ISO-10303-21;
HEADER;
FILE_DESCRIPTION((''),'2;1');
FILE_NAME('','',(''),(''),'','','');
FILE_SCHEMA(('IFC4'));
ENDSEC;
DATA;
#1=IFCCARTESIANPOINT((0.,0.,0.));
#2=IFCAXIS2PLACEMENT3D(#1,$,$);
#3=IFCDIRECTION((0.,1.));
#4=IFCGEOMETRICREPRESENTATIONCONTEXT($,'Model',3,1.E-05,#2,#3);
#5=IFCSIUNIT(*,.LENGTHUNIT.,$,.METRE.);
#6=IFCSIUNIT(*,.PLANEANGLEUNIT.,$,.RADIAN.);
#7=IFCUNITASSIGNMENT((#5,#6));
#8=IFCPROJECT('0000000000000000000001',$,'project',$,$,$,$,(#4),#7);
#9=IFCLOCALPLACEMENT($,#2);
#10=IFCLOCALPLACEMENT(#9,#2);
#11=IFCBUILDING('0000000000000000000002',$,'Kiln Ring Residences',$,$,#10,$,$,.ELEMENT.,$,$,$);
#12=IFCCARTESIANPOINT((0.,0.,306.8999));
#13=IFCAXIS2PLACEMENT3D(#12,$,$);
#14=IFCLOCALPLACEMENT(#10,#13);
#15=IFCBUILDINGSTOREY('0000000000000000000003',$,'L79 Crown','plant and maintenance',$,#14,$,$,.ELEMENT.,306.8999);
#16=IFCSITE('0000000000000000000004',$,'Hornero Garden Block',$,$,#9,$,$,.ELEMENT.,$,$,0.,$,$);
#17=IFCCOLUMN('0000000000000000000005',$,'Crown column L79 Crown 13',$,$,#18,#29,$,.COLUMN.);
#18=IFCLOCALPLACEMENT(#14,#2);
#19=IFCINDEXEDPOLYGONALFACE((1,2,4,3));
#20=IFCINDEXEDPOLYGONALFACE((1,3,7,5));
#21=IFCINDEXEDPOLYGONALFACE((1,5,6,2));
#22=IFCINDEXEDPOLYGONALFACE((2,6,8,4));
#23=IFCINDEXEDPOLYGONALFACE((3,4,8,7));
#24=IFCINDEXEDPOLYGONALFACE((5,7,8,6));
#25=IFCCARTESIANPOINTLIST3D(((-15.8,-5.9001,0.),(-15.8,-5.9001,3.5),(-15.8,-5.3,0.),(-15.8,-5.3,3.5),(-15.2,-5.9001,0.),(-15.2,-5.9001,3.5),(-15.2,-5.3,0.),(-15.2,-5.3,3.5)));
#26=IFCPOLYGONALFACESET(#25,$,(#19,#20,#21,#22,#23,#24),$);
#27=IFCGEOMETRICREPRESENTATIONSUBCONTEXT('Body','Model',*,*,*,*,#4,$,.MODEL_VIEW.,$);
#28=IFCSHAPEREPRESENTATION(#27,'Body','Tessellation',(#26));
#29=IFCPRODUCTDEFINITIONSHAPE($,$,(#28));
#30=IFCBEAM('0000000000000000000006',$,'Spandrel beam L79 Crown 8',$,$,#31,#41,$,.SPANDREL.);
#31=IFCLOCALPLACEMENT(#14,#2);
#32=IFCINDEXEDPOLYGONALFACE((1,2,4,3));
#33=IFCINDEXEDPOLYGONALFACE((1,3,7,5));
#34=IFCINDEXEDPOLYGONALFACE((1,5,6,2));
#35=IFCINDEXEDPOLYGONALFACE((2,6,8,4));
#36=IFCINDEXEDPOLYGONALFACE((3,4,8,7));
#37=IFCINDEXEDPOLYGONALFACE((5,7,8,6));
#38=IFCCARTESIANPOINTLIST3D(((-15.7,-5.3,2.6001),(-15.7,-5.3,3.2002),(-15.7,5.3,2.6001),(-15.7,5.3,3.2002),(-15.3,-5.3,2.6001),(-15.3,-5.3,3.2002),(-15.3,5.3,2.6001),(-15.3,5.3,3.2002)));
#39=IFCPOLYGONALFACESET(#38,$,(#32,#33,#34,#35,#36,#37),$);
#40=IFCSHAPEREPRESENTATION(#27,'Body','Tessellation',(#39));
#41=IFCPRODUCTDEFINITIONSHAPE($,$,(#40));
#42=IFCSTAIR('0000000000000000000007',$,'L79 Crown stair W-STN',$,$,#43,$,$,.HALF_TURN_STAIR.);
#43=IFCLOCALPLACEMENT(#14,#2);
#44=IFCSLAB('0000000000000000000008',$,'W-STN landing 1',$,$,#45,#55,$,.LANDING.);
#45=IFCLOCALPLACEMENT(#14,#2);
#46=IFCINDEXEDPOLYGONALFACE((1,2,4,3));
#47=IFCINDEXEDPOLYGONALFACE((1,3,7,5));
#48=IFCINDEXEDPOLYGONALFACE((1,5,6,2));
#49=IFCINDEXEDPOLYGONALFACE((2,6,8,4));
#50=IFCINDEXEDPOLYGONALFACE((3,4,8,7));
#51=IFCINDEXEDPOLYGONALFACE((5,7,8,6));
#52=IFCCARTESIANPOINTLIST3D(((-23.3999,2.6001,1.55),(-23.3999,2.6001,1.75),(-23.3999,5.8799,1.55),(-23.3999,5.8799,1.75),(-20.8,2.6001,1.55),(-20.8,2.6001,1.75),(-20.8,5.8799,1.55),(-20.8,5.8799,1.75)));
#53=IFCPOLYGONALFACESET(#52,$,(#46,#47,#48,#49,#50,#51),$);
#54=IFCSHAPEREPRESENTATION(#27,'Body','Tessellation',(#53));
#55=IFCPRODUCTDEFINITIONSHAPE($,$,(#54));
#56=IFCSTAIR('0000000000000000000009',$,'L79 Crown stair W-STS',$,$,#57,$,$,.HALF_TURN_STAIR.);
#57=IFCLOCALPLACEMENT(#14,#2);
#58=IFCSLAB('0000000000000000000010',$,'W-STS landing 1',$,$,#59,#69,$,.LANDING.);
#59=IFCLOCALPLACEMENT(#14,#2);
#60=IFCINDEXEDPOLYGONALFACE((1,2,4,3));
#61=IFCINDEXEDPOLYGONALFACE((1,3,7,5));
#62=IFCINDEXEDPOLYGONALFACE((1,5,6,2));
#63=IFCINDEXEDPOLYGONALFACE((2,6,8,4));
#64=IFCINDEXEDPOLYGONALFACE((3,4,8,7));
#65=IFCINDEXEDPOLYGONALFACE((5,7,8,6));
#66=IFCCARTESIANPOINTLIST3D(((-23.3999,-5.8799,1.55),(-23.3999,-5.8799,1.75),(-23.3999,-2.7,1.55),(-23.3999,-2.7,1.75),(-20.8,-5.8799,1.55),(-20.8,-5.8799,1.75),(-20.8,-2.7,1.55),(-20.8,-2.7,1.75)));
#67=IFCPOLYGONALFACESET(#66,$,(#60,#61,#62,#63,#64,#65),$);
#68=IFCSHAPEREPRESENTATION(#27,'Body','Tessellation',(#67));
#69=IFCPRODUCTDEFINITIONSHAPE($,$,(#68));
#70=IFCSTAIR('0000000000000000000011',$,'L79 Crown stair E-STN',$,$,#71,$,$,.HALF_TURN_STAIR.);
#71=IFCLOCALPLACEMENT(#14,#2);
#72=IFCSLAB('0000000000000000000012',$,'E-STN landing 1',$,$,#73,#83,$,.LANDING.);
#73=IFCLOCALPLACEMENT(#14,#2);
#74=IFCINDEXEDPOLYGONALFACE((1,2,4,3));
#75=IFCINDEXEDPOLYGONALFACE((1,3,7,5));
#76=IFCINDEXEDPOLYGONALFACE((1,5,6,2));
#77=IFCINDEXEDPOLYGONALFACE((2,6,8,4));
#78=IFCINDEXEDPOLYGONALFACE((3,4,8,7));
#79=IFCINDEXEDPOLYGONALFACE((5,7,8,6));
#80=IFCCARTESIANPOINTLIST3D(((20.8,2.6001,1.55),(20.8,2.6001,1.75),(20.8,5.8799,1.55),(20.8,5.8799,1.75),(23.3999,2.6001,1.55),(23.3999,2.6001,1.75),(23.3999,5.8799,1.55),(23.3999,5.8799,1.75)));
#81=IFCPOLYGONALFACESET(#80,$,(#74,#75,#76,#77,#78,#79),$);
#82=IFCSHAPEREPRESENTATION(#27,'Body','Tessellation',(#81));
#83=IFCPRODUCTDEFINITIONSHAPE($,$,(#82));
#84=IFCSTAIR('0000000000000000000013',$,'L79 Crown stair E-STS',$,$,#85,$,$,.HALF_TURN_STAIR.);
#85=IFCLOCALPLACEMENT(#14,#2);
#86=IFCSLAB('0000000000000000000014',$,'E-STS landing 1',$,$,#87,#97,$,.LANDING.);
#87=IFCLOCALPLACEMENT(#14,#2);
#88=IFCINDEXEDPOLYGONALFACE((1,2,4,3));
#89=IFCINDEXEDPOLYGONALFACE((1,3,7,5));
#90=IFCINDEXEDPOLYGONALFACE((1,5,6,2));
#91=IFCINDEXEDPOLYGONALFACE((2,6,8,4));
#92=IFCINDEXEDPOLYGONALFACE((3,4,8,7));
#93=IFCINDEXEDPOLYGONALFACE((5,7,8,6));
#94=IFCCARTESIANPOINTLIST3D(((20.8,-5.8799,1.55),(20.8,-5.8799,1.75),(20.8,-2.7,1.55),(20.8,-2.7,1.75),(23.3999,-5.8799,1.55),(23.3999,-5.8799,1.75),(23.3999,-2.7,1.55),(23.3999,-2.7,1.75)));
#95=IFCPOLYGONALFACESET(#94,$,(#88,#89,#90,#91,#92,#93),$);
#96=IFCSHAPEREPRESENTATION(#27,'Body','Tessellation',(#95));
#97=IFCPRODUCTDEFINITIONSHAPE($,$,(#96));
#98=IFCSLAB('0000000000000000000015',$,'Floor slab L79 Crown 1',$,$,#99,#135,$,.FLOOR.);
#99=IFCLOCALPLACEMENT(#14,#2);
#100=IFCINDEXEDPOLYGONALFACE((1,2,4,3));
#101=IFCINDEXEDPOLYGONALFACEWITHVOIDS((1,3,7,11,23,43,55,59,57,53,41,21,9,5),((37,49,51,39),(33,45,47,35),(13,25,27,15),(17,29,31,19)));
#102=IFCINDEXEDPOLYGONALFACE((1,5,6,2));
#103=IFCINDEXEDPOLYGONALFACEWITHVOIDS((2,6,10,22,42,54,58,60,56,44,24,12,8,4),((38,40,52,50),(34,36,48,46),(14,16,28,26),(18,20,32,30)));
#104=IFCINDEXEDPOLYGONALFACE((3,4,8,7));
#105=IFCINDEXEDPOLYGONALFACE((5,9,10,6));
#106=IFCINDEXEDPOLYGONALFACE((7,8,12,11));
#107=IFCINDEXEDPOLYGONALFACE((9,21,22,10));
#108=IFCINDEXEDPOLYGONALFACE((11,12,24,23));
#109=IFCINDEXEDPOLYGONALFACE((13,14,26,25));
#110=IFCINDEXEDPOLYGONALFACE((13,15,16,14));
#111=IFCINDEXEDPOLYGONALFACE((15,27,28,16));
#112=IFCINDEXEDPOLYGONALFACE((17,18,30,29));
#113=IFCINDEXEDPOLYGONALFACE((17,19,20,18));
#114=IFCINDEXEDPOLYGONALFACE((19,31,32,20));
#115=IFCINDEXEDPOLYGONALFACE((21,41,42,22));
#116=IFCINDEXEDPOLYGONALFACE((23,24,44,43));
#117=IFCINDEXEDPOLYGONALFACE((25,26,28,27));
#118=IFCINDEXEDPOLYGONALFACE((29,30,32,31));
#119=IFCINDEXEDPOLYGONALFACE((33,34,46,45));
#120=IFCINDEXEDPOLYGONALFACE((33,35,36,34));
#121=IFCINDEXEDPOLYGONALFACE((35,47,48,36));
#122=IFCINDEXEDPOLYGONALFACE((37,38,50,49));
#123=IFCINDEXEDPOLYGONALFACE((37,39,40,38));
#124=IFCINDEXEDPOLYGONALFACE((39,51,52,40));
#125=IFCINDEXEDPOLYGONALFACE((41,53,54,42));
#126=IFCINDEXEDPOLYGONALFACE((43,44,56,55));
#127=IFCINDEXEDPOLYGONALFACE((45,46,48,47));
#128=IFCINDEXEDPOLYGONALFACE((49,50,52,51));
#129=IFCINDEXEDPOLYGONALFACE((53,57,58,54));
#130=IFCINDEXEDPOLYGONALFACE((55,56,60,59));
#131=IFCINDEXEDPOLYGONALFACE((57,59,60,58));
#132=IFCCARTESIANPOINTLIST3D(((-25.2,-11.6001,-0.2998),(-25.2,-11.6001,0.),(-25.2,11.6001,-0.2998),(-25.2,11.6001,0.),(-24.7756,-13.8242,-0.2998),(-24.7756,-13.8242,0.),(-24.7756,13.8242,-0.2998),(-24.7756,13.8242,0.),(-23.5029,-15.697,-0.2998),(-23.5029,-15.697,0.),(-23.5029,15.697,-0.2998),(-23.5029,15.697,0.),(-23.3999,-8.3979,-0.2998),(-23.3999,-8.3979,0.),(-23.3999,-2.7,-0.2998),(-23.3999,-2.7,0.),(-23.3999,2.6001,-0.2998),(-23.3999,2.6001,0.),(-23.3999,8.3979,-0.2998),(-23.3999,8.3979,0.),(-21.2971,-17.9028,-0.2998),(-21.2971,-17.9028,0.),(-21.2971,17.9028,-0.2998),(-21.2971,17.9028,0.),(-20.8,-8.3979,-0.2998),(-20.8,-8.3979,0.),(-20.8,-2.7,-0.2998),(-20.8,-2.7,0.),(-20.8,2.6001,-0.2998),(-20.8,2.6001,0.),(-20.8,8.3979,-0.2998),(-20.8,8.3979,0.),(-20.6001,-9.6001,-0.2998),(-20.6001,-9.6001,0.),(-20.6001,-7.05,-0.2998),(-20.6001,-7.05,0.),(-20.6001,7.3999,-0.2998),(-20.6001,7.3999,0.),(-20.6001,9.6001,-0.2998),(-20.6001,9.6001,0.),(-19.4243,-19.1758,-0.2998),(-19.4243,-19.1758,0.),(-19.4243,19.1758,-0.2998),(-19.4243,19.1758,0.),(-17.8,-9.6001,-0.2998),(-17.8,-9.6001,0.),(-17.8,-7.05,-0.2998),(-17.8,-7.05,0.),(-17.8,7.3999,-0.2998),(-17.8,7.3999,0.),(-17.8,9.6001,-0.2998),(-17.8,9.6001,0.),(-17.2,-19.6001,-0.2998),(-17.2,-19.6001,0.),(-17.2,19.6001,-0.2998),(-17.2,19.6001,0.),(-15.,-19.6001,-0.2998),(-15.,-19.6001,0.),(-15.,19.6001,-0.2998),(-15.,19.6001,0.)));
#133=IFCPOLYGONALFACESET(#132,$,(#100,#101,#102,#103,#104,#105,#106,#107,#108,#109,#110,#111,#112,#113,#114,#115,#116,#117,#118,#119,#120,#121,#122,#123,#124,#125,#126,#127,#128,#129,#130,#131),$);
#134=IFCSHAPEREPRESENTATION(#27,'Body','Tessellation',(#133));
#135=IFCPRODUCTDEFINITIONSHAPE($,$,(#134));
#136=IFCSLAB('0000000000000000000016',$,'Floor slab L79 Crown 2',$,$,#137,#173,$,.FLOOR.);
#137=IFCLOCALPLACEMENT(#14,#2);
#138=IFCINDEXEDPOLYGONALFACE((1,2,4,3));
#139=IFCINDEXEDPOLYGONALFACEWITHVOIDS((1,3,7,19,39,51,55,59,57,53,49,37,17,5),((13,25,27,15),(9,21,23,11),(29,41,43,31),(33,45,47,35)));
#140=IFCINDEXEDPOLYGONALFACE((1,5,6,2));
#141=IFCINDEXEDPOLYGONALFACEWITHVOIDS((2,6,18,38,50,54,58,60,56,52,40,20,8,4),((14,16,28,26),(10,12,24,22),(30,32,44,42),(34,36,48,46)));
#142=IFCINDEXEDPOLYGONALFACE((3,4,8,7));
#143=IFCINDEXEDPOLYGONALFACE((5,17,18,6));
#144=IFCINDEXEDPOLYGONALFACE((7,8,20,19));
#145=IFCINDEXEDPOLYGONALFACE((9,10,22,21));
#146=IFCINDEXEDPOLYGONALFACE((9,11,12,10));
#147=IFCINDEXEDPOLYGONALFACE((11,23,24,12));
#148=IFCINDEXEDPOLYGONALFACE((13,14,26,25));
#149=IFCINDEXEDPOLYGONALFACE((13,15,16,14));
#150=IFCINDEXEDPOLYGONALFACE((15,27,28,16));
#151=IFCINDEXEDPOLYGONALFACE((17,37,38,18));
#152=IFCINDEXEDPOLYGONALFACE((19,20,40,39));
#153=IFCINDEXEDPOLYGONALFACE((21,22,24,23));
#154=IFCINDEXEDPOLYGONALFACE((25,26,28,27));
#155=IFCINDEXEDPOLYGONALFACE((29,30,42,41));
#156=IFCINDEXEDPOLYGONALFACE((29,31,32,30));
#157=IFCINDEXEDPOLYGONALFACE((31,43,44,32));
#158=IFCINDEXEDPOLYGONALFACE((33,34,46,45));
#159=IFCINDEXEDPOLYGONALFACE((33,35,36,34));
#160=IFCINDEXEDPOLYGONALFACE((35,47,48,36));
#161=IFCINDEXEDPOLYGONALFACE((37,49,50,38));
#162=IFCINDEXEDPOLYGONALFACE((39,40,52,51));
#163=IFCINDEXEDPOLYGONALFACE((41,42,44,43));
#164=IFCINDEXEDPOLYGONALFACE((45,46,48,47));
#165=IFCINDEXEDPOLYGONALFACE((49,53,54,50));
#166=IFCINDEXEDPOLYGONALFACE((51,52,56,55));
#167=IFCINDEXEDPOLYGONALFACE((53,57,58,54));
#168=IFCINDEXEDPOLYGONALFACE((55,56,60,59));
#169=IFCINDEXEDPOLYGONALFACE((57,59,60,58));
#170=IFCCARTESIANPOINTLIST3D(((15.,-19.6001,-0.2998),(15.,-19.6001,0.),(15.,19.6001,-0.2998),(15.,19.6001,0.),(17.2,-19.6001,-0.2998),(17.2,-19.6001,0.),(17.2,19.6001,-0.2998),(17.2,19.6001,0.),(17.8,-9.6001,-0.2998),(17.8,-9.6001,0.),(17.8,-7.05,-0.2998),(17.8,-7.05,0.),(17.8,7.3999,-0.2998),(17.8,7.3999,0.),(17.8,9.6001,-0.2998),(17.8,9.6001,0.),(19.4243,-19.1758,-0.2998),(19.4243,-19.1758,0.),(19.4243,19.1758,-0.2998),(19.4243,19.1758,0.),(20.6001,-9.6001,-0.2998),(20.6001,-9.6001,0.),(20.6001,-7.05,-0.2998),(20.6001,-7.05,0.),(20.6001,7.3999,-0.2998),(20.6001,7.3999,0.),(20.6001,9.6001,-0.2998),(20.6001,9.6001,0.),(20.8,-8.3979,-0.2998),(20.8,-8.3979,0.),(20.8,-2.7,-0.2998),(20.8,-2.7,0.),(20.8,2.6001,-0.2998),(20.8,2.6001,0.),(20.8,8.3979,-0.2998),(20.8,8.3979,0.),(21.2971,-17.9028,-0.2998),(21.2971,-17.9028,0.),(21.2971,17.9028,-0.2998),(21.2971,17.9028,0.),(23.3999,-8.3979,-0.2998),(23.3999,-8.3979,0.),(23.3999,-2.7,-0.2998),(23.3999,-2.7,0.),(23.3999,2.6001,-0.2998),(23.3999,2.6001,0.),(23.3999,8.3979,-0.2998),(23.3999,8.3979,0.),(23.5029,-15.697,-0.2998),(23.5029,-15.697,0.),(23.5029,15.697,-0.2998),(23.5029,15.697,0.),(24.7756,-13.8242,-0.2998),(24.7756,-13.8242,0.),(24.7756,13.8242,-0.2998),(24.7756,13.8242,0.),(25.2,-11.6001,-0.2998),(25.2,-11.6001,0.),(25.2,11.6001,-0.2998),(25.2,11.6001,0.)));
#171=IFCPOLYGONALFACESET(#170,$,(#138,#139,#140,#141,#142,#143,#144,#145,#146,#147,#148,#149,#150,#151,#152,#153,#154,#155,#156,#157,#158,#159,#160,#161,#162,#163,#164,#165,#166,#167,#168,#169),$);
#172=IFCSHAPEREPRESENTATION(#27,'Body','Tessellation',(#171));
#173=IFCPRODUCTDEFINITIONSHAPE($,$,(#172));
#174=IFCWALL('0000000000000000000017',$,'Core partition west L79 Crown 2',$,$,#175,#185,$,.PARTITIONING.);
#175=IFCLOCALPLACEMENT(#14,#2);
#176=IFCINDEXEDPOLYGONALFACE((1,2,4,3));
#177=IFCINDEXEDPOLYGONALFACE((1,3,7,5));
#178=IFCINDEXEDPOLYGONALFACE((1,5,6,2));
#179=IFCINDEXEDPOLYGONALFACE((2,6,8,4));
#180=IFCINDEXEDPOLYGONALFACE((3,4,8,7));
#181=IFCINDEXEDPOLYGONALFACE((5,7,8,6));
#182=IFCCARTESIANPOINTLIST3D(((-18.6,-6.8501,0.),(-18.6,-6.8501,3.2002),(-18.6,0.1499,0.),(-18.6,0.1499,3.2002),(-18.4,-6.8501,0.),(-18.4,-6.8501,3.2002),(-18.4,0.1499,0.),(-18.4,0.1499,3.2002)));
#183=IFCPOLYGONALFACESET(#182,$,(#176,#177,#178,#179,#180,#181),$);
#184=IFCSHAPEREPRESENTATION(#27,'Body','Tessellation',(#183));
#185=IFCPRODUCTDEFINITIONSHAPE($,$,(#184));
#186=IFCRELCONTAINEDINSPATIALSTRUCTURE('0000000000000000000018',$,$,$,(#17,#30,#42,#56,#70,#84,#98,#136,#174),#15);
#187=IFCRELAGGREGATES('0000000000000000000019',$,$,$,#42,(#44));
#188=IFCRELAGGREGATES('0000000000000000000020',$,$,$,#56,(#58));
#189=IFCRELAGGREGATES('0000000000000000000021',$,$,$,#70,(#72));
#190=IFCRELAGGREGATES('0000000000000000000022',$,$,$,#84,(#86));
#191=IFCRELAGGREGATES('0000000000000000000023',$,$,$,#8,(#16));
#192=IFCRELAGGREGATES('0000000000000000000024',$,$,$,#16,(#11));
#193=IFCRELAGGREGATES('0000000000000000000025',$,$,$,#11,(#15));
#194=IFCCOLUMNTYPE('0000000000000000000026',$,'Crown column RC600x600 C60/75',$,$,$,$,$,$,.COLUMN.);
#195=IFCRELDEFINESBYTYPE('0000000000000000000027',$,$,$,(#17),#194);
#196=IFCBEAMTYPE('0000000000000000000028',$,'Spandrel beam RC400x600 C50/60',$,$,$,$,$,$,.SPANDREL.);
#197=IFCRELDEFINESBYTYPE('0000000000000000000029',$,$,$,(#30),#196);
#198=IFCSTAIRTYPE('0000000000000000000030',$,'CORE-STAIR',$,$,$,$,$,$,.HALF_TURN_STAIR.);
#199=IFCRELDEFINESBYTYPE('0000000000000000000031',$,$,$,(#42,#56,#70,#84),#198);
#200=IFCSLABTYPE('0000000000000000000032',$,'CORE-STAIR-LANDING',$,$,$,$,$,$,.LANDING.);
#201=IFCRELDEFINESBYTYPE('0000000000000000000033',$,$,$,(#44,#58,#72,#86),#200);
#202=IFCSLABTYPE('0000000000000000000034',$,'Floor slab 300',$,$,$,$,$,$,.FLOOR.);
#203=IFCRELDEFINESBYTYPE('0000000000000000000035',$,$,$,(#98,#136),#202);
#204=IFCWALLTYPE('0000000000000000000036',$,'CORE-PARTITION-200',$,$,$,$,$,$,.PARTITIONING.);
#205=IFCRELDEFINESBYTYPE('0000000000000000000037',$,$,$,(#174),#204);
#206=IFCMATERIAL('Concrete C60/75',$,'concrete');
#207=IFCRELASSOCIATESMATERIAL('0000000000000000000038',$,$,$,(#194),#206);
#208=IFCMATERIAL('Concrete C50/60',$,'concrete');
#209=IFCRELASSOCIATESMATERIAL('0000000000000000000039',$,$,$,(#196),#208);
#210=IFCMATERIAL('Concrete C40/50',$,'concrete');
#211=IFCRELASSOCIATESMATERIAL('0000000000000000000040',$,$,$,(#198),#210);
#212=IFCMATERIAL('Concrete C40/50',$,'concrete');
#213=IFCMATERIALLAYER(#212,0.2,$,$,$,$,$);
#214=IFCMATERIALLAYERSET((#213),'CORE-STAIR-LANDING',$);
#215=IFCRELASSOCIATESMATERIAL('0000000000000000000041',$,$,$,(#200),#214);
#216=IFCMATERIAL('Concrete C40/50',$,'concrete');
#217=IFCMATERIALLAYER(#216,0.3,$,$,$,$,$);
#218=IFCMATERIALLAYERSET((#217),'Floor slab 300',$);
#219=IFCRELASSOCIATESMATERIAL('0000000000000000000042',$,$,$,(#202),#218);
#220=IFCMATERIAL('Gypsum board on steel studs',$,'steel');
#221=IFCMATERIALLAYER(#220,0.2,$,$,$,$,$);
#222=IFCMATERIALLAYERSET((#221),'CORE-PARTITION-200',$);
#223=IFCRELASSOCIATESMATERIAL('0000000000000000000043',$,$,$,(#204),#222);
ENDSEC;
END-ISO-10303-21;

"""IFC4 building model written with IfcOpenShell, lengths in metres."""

from ifc_helpers import new_model, si_unit, direction, frame, frame_2d, origin, origin_2d, place, context, subcontext, project, spatial, polyline, rectangle, outline, extrude, material, layer, layer_set, material_profile, profile_set, type_object, element, aggregate, save


model = new_model("IFC4")

# Units and contexts
model_context = context("Model", 3, precision=1e-05, world=origin(), true_north=direction((0.0, 1.0)))
body_context = subcontext(model_context, "Body", "Model", "MODEL_VIEW")
ifc_project = project(units=[si_unit("LENGTHUNIT", "METRE"), si_unit("PLANEANGLEUNIT", "RADIAN")], contexts=[model_context])

# Site, building, storey
site_placement = place(None, origin())
site = spatial("IfcSite", under=ifc_project, at=site_placement, Name="Hornero Garden Block", CompositionType="ELEMENT", RefElevation=0.0)
building_placement = place(site_placement, origin())
building = spatial("IfcBuilding", under=site, at=building_placement, Name="Kiln Ring Residences", CompositionType="ELEMENT")
storey_placement = place(building_placement, frame((0.0, 0.0, 306.8999)))
storey = spatial("IfcBuildingStorey", under=building, at=storey_placement, Name="L79 Crown", Description="plant and maintenance", CompositionType="ELEMENT", Elevation=306.8999)

# Column
ifc_material_1 = material(Name="Concrete C60/75", Category="concrete")
ifc_material_profile_1 = material_profile(ifc_material_1, rectangle(XDim=0.6001, YDim=0.6001, at=origin_2d()), Name="RC600x600")
ifc_profile_set_1 = profile_set([ifc_material_profile_1], Name="Concrete C60/75")
column_type = type_object("IfcColumnType", Name="Crown column RC600x600 C60/75", PredefinedType="COLUMN", material=ifc_profile_set_1)
column_placement = place(storey_placement, frame((-15.5, -5.6001, 0.0), z_axis=(0.0, 0.0, 1.0), x_axis=(1.0, 0.0, 0.0)))
element("IfcColumn", 1, at=column_placement, inside=storey, type_object=column_type, Name="Crown column L79 Crown 13", PredefinedType="COLUMN", context=body_context, shape_type="SweptSolid", body=[
    extrude(rectangle(XDim=0.6001, YDim=0.6001, at=origin_2d()), origin(), (0.0, 0.0, 1.0), 3.5),
])

# Beam
ifc_material_2 = material(Name="Concrete C50/60", Category="concrete")
ifc_material_profile_2 = material_profile(ifc_material_2, rectangle(XDim=0.3999, YDim=0.6001, at=origin_2d()), Name="RC400x600")
ifc_profile_set_2 = profile_set([ifc_material_profile_2], Name="Concrete C50/60")
beam_type = type_object("IfcBeamType", Name="Spandrel beam RC400x600 C50/60", PredefinedType="SPANDREL", material=ifc_profile_set_2)
beam_placement = place(storey_placement, frame((-15.5, -5.3, 2.9001), z_axis=(0.0, 1.0, 0.0), x_axis=(-1.0, 0.0, 0.0)))
element("IfcBeam", 2, at=beam_placement, inside=storey, type_object=beam_type, Name="Spandrel beam L79 Crown 8", PredefinedType="SPANDREL", context=body_context, shape_type="SweptSolid", body=[
    extrude(rectangle(XDim=0.3999, YDim=0.6001, at=origin_2d()), origin(), (0.0, 0.0, 1.0), 10.6001),
])

# Stairs, slabs
ifc_material_3 = material(Name="Concrete C40/50", Category="concrete")
stair_type = type_object("IfcStairType", Name="CORE-STAIR", PredefinedType="HALF_TURN_STAIR", material=ifc_material_3)
placement_1 = place(storey_placement, origin())
stair_1 = element("IfcStair", 3, at=placement_1, inside=storey, type_object=stair_type, Name="L79 Crown stair W-STN", PredefinedType="HALF_TURN_STAIR")
ifc_material_4 = material(Name="Concrete C40/50", Category="concrete")
ifc_layer_1 = layer(ifc_material_4, 0.2)
ifc_layer_set_1 = layer_set([ifc_layer_1], Name="CORE-STAIR-LANDING")
slab_type_1 = type_object("IfcSlabType", Name="CORE-STAIR-LANDING", PredefinedType="LANDING", material=ifc_layer_set_1)
placement_2 = place(storey_placement, frame((0.0, 0.0, 1.55)))
slab_1 = element("IfcSlab", 4, at=placement_2, type_object=slab_type_1, Name="W-STN landing 1", PredefinedType="LANDING", context=body_context, shape_type="SweptSolid", body=[
    extrude(outline(polyline([(-23.3999, 5.8799), (-23.3999, 2.6001), (-20.8, 2.6001), (-20.8, 5.8799), (-23.3999, 5.8799)])), origin(), (0.0, 0.0, 1.0), 0.2),
])
aggregate(stair_1, [slab_1])
stair_2 = element("IfcStair", 5, at=placement_1, inside=storey, type_object=stair_type, Name="L79 Crown stair W-STS", PredefinedType="HALF_TURN_STAIR")
slab_2 = element("IfcSlab", 6, at=placement_2, type_object=slab_type_1, Name="W-STS landing 1", PredefinedType="LANDING", context=body_context, shape_type="SweptSolid", body=[
    extrude(outline(polyline([(-20.8, -5.8799), (-20.8, -2.7), (-23.3999, -2.7), (-23.3999, -5.8799), (-20.8, -5.8799)])), origin(), (0.0, 0.0, 1.0), 0.2),
])
aggregate(stair_2, [slab_2])
stair_3 = element("IfcStair", 7, at=placement_1, inside=storey, type_object=stair_type, Name="L79 Crown stair E-STN", PredefinedType="HALF_TURN_STAIR")
slab_3 = element("IfcSlab", 8, at=placement_2, type_object=slab_type_1, Name="E-STN landing 1", PredefinedType="LANDING", context=body_context, shape_type="SweptSolid", body=[
    extrude(outline(polyline([(20.8, 5.8799), (20.8, 2.6001), (23.3999, 2.6001), (23.3999, 5.8799), (20.8, 5.8799)])), origin(), (0.0, 0.0, 1.0), 0.2),
])
aggregate(stair_3, [slab_3])
stair_4 = element("IfcStair", 9, at=placement_1, inside=storey, type_object=stair_type, Name="L79 Crown stair E-STS", PredefinedType="HALF_TURN_STAIR")
slab_4 = element("IfcSlab", 10, at=placement_2, type_object=slab_type_1, Name="E-STS landing 1", PredefinedType="LANDING", context=body_context, shape_type="SweptSolid", body=[
    extrude(outline(polyline([(23.3999, -5.8799), (23.3999, -2.7), (20.8, -2.7), (20.8, -5.8799), (23.3999, -5.8799)])), origin(), (0.0, 0.0, 1.0), 0.2),
])
aggregate(stair_4, [slab_4])

# Slabs
ifc_material_5 = material(Name="Concrete C40/50", Category="concrete")
ifc_layer_2 = layer(ifc_material_5, 0.3)
ifc_layer_set_2 = layer_set([ifc_layer_2], Name="Floor slab 300")
slab_type_2 = type_object("IfcSlabType", Name="Floor slab 300", PredefinedType="FLOOR", material=ifc_layer_set_2)
placement_3 = place(storey_placement, frame((0.0, 0.0, -0.2998)))
element("IfcSlab", 11, at=placement_3, inside=storey, type_object=slab_type_2, Name="Floor slab L79 Crown 1", PredefinedType="FLOOR", context=body_context, shape_type="SweptSolid", body=[
    extrude(outline(polyline([(-21.2971, -17.9028), (-19.4243, -19.1758), (-17.2, -19.6001), (-15.0, -19.6001), (-15.0, 19.6001), (-17.2, 19.6001), (-19.4243, 19.1758), (-21.2971, 17.9028), (-23.5029, 15.697), (-24.7756, 13.8242), (-25.2, 11.6001), (-25.2, -11.6001), (-24.7756, -13.8242), (-23.5029, -15.697), (-21.2971, -17.9028)]), holes=[polyline([(-17.8, -7.05), (-17.8, -9.6001), (-20.6001, -9.6001), (-20.6001, -7.05), (-17.8, -7.05)]), polyline([(-17.8, 9.6001), (-17.8, 7.3999), (-20.6001, 7.3999), (-20.6001, 9.6001), (-17.8, 9.6001)]), polyline([(-20.8, -2.7), (-20.8, -8.3979), (-23.3999, -8.3979), (-23.3999, -2.7), (-20.8, -2.7)]), polyline([(-20.8, 8.3979), (-20.8, 2.6001), (-23.3999, 2.6001), (-23.3999, 8.3979), (-20.8, 8.3979)])]), origin(), (0.0, 0.0, 1.0), 0.2998),
])
element("IfcSlab", 12, at=placement_3, inside=storey, type_object=slab_type_2, Name="Floor slab L79 Crown 2", PredefinedType="FLOOR", context=body_context, shape_type="SweptSolid", body=[
    extrude(outline(polyline([(15.0, 19.6001), (15.0, -19.6001), (17.2, -19.6001), (19.4243, -19.1758), (21.2971, -17.9028), (23.5029, -15.697), (24.7756, -13.8242), (25.2, -11.6001), (25.2, 11.6001), (24.7756, 13.8242), (23.5029, 15.697), (21.2971, 17.9028), (19.4243, 19.1758), (17.2, 19.6001), (15.0, 19.6001)]), holes=[polyline([(23.3999, -8.3979), (20.8, -8.3979), (20.8, -2.7), (23.3999, -2.7), (23.3999, -8.3979)]), polyline([(23.3999, 2.6001), (20.8, 2.6001), (20.8, 8.3979), (23.3999, 8.3979), (23.3999, 2.6001)]), polyline([(20.6001, -9.6001), (17.8, -9.6001), (17.8, -7.05), (20.6001, -7.05), (20.6001, -9.6001)]), polyline([(20.6001, 7.3999), (17.8, 7.3999), (17.8, 9.6001), (20.6001, 9.6001), (20.6001, 7.3999)])]), origin(), (0.0, 0.0, 1.0), 0.2998),
])

# Wall
ifc_material_6 = material(Name="Gypsum board on steel studs", Category="steel")
ifc_layer_3 = layer(ifc_material_6, 0.2)
ifc_layer_set_3 = layer_set([ifc_layer_3], Name="CORE-PARTITION-200")
wall_type_1 = type_object("IfcWallType", Name="CORE-PARTITION-200", PredefinedType="PARTITIONING", material=ifc_layer_set_3)
wall_1_placement = place(storey_placement, frame((-18.5, -6.8501, 0.0), z_axis=(0.0, 0.0, 1.0), x_axis=(0.0, 1.0, 0.0)))
element("IfcWall", 13, at=wall_1_placement, inside=storey, type_object=wall_type_1, Name="Core partition west L79 Crown 2", PredefinedType="PARTITIONING", context=body_context, shape_type="SweptSolid", body=[
    extrude(rectangle(XDim=7.0, YDim=0.2, at=frame_2d((3.5, 0.0))), origin(), (0.0, 0.0, 1.0), 3.2002),
])

save(model, "model.ifc")
